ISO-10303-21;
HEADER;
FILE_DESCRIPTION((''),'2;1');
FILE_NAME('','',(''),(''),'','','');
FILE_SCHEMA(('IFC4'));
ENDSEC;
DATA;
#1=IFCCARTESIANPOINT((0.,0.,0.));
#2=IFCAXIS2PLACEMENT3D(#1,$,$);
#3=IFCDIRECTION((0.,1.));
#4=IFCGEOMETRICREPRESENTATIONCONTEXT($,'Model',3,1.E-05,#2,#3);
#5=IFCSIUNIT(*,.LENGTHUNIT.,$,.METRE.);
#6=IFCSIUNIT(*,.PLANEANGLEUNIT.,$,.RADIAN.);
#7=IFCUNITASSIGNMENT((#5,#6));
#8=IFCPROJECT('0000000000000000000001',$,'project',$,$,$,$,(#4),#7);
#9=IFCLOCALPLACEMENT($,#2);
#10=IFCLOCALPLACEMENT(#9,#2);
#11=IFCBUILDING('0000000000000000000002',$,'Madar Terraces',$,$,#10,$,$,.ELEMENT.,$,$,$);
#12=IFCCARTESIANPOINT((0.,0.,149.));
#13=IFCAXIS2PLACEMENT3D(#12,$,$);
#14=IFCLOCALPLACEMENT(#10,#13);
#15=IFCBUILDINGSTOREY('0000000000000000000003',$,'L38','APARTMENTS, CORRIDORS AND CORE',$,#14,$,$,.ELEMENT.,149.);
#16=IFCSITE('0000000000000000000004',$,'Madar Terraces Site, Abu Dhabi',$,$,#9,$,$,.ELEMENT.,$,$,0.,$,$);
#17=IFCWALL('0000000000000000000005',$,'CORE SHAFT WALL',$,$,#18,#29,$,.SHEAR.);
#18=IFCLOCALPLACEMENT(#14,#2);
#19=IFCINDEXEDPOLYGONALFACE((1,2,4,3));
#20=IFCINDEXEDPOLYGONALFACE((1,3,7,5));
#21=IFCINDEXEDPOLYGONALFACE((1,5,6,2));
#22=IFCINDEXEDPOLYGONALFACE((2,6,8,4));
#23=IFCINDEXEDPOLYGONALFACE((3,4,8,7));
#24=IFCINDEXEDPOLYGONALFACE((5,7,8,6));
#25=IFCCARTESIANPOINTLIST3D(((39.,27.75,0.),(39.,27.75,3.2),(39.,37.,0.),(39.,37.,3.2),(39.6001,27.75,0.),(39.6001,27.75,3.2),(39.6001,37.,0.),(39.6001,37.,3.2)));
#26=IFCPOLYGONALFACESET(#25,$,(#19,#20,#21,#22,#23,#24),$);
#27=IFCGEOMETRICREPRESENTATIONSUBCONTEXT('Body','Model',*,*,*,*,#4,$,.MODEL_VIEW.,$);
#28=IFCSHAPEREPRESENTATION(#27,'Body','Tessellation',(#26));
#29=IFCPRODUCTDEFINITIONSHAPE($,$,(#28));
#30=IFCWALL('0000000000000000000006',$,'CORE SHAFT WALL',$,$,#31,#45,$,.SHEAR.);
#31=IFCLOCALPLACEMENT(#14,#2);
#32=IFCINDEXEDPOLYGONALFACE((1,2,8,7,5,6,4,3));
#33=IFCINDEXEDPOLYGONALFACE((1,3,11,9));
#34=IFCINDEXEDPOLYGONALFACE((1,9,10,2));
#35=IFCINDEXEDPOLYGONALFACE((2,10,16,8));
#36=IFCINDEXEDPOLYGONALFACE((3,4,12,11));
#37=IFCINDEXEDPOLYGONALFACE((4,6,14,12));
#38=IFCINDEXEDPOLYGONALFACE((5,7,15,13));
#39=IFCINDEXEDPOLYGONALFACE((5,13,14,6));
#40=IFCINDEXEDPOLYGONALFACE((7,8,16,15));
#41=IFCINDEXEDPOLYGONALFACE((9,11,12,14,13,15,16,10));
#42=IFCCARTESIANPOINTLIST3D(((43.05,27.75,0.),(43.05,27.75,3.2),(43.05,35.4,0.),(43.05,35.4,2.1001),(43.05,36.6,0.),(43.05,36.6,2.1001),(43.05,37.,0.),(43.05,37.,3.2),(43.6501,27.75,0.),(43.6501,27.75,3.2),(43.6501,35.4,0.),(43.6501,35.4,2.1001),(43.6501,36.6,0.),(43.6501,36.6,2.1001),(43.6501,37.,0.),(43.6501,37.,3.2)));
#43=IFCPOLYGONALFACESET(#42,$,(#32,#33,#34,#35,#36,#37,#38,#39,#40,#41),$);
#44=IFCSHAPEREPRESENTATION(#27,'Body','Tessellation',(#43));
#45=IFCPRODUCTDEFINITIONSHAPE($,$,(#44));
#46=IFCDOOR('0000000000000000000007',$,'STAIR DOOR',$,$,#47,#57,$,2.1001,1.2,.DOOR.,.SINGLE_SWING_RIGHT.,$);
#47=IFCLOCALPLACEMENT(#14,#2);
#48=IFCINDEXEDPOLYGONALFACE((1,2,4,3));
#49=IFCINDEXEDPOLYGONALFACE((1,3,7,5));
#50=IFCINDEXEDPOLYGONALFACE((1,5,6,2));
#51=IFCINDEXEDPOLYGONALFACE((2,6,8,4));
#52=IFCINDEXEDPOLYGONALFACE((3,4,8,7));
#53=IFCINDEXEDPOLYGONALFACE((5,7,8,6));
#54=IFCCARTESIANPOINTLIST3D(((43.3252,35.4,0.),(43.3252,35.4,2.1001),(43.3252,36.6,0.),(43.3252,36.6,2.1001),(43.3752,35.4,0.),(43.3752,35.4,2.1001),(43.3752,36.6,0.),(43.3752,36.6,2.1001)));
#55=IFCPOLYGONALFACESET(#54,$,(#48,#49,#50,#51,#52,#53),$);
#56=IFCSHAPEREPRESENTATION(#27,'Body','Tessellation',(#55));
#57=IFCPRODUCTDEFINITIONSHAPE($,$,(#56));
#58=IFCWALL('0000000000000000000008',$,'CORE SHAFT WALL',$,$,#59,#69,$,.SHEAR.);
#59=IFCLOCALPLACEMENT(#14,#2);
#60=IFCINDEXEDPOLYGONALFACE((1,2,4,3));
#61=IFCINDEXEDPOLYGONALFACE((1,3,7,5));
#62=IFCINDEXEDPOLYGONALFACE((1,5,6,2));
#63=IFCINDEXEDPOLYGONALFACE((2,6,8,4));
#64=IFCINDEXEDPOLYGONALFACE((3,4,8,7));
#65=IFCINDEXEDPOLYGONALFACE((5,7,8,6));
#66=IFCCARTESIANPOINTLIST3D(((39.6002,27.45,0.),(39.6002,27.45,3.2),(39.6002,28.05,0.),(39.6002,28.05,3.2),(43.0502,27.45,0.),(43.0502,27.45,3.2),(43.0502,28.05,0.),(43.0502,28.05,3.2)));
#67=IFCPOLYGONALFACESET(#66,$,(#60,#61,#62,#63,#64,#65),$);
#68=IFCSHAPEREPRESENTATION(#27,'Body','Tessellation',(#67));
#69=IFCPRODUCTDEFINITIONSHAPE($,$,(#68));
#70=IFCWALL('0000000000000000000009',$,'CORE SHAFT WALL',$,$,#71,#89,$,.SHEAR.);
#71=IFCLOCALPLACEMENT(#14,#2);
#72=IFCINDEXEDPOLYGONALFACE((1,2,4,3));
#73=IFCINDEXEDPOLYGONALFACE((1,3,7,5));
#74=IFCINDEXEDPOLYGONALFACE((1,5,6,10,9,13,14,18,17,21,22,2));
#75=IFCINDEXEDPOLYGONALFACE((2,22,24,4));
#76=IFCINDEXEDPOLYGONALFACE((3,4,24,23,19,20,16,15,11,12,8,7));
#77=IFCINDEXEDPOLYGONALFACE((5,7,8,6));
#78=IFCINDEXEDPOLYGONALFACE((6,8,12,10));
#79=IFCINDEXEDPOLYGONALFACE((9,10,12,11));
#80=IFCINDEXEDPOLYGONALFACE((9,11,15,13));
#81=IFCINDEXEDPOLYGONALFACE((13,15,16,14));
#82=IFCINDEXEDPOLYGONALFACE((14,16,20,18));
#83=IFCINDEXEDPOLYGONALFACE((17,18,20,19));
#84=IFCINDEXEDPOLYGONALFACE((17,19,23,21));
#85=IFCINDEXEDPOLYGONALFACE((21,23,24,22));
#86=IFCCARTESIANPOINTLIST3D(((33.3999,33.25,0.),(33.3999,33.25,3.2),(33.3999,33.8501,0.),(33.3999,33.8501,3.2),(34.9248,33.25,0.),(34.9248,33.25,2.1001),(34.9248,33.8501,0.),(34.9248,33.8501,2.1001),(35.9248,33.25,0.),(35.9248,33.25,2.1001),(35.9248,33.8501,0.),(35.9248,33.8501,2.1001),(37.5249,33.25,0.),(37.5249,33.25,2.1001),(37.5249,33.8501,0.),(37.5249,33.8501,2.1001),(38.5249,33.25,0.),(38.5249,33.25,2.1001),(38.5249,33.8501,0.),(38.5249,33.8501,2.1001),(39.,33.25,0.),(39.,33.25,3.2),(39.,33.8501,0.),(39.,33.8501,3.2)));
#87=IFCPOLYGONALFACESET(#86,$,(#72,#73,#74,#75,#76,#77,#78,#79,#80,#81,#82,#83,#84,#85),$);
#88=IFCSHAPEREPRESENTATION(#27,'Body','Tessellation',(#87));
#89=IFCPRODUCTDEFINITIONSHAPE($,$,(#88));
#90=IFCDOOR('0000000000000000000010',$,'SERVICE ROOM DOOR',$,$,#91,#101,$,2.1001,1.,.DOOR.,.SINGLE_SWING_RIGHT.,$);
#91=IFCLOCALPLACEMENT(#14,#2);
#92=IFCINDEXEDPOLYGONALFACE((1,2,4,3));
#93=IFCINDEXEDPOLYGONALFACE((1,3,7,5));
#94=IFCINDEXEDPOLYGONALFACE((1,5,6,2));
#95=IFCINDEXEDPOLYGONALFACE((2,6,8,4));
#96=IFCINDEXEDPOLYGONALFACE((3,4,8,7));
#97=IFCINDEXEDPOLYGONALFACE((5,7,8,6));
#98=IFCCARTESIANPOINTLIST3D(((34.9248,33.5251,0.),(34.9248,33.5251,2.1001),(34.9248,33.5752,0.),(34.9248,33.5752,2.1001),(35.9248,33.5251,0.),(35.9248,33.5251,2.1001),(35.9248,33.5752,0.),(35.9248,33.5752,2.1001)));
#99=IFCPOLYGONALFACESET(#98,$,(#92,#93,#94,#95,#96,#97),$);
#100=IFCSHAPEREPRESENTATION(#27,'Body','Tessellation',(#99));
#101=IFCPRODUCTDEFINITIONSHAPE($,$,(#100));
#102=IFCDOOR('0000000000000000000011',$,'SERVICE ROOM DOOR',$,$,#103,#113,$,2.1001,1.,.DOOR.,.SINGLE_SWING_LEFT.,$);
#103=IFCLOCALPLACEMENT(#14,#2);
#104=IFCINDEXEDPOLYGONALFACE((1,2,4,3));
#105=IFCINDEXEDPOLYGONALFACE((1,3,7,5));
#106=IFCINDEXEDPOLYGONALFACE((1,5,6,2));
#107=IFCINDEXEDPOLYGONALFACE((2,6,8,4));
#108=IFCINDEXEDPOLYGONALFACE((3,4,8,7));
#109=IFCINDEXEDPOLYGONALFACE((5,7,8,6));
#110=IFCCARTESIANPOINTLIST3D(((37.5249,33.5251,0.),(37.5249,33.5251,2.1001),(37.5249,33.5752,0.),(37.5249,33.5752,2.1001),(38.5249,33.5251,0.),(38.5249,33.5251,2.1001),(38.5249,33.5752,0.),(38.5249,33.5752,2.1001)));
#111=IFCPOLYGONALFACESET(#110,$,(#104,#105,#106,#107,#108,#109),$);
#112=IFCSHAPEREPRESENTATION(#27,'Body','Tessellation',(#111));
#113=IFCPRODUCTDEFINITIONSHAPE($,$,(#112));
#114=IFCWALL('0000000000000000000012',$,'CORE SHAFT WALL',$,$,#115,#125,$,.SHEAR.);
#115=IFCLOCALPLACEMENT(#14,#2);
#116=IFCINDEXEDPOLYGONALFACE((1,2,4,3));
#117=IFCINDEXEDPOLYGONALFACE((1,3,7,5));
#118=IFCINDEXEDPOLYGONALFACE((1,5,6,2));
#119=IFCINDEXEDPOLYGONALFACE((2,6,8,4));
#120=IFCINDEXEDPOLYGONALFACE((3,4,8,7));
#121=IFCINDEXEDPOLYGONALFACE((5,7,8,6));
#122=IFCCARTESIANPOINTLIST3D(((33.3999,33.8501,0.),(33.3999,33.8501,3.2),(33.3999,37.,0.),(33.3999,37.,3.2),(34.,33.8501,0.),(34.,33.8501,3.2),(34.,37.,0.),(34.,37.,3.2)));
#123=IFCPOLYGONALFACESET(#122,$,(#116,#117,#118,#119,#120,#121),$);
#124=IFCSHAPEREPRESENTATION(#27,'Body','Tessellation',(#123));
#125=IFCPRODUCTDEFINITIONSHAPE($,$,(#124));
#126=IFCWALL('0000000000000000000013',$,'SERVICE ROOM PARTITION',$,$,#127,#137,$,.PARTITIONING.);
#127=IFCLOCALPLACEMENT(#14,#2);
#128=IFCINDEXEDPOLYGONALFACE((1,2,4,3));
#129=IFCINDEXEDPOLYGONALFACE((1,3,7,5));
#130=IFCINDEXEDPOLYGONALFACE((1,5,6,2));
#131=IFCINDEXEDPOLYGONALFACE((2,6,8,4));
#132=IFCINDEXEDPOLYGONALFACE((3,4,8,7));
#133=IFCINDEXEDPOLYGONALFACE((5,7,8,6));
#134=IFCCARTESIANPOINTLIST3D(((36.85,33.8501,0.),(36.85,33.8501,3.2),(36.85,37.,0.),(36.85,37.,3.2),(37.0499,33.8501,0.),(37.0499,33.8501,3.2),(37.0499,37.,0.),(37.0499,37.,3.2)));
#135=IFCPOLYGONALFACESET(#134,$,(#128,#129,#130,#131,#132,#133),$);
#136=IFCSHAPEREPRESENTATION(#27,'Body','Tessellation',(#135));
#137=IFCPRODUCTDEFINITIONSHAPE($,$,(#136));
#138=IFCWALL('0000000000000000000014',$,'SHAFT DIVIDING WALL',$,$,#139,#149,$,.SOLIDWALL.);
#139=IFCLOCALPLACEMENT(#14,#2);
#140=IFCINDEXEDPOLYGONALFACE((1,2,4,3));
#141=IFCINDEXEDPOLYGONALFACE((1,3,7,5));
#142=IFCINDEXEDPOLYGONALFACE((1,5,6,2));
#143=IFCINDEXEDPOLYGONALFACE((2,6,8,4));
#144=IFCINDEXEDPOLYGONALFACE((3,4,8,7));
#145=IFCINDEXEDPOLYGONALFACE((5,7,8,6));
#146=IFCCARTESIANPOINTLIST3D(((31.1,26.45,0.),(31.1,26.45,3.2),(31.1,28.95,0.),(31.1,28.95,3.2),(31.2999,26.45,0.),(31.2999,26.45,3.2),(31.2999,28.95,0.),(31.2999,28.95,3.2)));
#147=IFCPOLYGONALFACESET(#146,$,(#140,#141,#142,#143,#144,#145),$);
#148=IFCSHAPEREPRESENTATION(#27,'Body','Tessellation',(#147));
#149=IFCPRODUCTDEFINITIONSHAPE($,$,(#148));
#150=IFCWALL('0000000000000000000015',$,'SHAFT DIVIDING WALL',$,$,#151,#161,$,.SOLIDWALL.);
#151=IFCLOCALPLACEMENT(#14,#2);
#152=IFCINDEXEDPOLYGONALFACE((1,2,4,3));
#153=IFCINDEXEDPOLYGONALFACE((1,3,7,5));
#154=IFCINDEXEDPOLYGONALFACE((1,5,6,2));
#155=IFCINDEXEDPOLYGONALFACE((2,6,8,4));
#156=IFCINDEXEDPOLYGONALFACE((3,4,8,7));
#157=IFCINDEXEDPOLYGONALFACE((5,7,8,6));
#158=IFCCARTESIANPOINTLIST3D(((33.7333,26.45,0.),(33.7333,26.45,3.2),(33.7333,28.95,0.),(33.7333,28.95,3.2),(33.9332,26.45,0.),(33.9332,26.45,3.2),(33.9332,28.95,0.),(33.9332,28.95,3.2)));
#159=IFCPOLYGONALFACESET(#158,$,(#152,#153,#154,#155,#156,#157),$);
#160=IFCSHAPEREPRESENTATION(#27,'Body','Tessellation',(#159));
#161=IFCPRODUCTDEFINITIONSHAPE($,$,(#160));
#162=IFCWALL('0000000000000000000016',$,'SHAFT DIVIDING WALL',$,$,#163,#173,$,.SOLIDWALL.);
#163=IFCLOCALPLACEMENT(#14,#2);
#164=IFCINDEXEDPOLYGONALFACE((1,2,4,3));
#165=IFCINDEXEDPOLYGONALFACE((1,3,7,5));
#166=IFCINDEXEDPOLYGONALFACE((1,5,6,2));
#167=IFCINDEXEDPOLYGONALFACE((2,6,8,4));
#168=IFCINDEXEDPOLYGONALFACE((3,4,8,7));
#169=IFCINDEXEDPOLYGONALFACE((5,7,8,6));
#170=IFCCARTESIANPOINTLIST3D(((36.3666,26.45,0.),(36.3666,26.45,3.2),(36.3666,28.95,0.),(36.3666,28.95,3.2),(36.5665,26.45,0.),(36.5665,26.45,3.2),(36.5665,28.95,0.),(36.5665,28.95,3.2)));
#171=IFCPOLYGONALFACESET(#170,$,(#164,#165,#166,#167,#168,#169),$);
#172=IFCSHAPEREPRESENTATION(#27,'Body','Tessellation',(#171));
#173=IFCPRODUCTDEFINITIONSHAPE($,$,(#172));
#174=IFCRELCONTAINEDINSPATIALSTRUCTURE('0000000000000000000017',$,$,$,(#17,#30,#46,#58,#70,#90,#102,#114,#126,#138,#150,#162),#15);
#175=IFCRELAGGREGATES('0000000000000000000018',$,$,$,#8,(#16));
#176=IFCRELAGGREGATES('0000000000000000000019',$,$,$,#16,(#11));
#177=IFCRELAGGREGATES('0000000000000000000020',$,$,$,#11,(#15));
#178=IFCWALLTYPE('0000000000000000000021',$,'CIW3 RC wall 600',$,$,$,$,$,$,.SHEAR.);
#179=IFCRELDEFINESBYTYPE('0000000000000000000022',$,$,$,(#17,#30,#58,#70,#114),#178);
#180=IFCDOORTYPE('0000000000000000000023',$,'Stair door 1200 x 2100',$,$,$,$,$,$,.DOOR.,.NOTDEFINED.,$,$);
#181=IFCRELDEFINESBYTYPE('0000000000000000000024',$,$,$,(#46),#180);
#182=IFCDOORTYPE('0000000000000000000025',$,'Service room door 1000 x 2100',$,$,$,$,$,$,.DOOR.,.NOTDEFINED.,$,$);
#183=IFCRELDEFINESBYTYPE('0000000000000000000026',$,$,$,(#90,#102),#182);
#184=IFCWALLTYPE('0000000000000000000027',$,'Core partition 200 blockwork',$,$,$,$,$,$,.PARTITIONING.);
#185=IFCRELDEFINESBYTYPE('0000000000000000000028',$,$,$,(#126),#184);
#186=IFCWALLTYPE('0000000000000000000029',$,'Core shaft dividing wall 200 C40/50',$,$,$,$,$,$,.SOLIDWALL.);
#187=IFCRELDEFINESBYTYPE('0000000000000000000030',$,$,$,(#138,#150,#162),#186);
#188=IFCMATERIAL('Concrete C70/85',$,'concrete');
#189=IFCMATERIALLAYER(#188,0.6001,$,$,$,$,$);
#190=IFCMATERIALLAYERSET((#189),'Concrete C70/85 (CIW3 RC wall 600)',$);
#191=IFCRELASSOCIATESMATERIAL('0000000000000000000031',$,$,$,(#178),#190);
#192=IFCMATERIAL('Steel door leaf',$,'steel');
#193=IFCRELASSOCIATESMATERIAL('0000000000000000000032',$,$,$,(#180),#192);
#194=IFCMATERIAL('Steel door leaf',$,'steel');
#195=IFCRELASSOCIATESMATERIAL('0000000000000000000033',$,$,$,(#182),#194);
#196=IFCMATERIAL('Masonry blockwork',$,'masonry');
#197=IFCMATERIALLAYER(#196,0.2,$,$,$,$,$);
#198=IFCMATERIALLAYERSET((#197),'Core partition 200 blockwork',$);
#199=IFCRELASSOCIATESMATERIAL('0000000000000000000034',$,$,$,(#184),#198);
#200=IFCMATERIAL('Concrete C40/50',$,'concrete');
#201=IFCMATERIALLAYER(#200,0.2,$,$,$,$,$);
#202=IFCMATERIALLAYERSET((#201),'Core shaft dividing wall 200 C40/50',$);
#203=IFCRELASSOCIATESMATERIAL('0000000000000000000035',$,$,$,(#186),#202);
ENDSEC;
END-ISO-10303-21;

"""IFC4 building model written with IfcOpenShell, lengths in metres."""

from ifc_helpers import new_model, si_unit, direction, frame, frame_2d, origin, place, context, subcontext, project, spatial, rectangle, extrude, material, layer, layer_set, type_object, element, fill, save


model = new_model("IFC4")

# Units and contexts
model_context = context("Model", 3, precision=1e-05, world=origin(), true_north=direction((0.0, 1.0)))
body_context = subcontext(model_context, "Body", "Model", "MODEL_VIEW")
ifc_project = project(units=[si_unit("LENGTHUNIT", "METRE"), si_unit("PLANEANGLEUNIT", "RADIAN")], contexts=[model_context])

# Site, building, storey
site_placement = place(None, origin())
site = spatial("IfcSite", under=ifc_project, at=site_placement, Name="Madar Terraces Site, Abu Dhabi", CompositionType="ELEMENT", RefElevation=0.0)
building_placement = place(site_placement, origin())
building = spatial("IfcBuilding", under=site, at=building_placement, Name="Madar Terraces", CompositionType="ELEMENT")
storey_placement = place(building_placement, frame((0.0, 0.0, 149.0)))
storey = spatial("IfcBuildingStorey", under=building, at=storey_placement, Name="L38", Description="APARTMENTS, CORRIDORS AND CORE", CompositionType="ELEMENT", Elevation=149.0)

# Wall
ifc_material_1 = material(Name="Concrete C70/85", Category="concrete")
ifc_layer_1 = layer(ifc_material_1, 0.6001)
ifc_layer_set_1 = layer_set([ifc_layer_1], Name="Concrete C70/85 (CIW3 RC wall 600)")
wall_type_1 = type_object("IfcWallType", Name="CIW3 RC wall 600", PredefinedType="SHEAR", material=ifc_layer_set_1)
wall_1_placement = place(storey_placement, frame((39.3, 27.75, 0.0), z_axis=(0.0, 0.0, 1.0), x_axis=(0.0, 1.0, 0.0)))
element("IfcWall", 1, at=wall_1_placement, inside=storey, type_object=wall_type_1, Name="CORE SHAFT WALL", PredefinedType="SHEAR", context=body_context, shape_type="SweptSolid", body=[
    extrude(rectangle(XDim=9.25, YDim=0.6001, at=frame_2d((4.625, 0.0))), origin(), (0.0, 0.0, 1.0), 3.2),
])

# Wall, opening, door
wall_2_placement = place(storey_placement, frame((43.3501, 27.75, 0.0), z_axis=(0.0, 0.0, 1.0), x_axis=(0.0, 1.0, 0.0)))
wall_2 = element("IfcWall", 2, at=wall_2_placement, inside=storey, type_object=wall_type_1, Name="CORE SHAFT WALL", PredefinedType="SHEAR", context=body_context, shape_type="SweptSolid", body=[
    extrude(rectangle(XDim=9.25, YDim=0.6001, at=frame_2d((4.625, 0.0))), origin(), (0.0, 0.0, 1.0), 3.2),
])
opening_1_placement = place(wall_2_placement, frame((7.6499, 0.0, 0.0)))
opening_1 = element("IfcOpeningElement", 3, at=opening_1_placement, cuts=wall_2, PredefinedType="OPENING", context=body_context, shape_type="SweptSolid", body=[
    extrude(rectangle(XDim=1.2, YDim=2.1001, at=frame_2d((0.6001, 1.05))), frame((0.0, 0.3101, 0.0), z_axis=(0.0, -1.0, 0.0), x_axis=(1.0, 0.0, 0.0)), (0.0, 0.0, 1.0), 0.6201),
])
ifc_material_2 = material(Name="Steel door leaf", Category="steel")
door_type_1 = type_object("IfcDoorType", Name="Stair door 1200 x 2100", OperationType="NOTDEFINED", PredefinedType="DOOR", material=ifc_material_2)
door_1_placement = place(opening_1_placement, origin())
door_1 = element("IfcDoor", 4, at=door_1_placement, inside=storey, type_object=door_type_1, Name="STAIR DOOR", OperationType="SINGLE_SWING_RIGHT", OverallHeight=2.1001, OverallWidth=1.2, PredefinedType="DOOR", context=body_context, shape_type="SweptSolid", body=[
    extrude(rectangle(XDim=1.2, YDim=2.1001, at=frame_2d((0.6001, 1.05))), frame((0.0, 0.0249, 0.0), z_axis=(0.0, -1.0, 0.0), x_axis=(1.0, 0.0, 0.0)), (0.0, 0.0, 1.0), 0.05),
])
fill(opening_1, door_1)

# Wall
wall_3_placement = place(storey_placement, frame((39.6001, 27.75, 0.0), z_axis=(0.0, 0.0, 1.0), x_axis=(1.0, 0.0, 0.0)))
element("IfcWall", 5, at=wall_3_placement, inside=storey, type_object=wall_type_1, Name="CORE SHAFT WALL", PredefinedType="SHEAR", context=body_context, shape_type="SweptSolid", body=[
    extrude(rectangle(XDim=3.45, YDim=0.6001, at=frame_2d((1.7251, 0.0))), origin(), (0.0, 0.0, 1.0), 3.2),
])

# Wall, openings, doors
wall_4_placement = place(storey_placement, frame((33.3999, 33.55, 0.0), z_axis=(0.0, 0.0, 1.0), x_axis=(1.0, 0.0, 0.0)))
wall_4 = element("IfcWall", 6, at=wall_4_placement, inside=storey, type_object=wall_type_1, Name="CORE SHAFT WALL", PredefinedType="SHEAR", context=body_context, shape_type="SweptSolid", body=[
    extrude(rectangle(XDim=5.6001, YDim=0.6001, at=frame_2d((2.8, 0.0))), origin(), (0.0, 0.0, 1.0), 3.2),
])
opening_2_placement = place(wall_4_placement, frame((1.5249, 0.0, 0.0)))
opening_2 = element("IfcOpeningElement", 7, at=opening_2_placement, cuts=wall_4, PredefinedType="OPENING", context=body_context, shape_type="SweptSolid", body=[
    extrude(rectangle(XDim=1.0, YDim=2.1001, at=frame_2d((0.5, 1.05))), frame((0.0, 0.3101, 0.0), z_axis=(0.0, -1.0, 0.0), x_axis=(1.0, 0.0, 0.0)), (0.0, 0.0, 1.0), 0.6201),
])
opening_3_placement = place(wall_4_placement, frame((4.125, 0.0, 0.0)))
opening_3 = element("IfcOpeningElement", 8, at=opening_3_placement, cuts=wall_4, PredefinedType="OPENING", context=body_context, shape_type="SweptSolid", body=[
    extrude(rectangle(XDim=1.0, YDim=2.1001, at=frame_2d((0.5, 1.05))), frame((0.0, 0.3101, 0.0), z_axis=(0.0, -1.0, 0.0), x_axis=(1.0, 0.0, 0.0)), (0.0, 0.0, 1.0), 0.6201),
])
ifc_material_3 = material(Name="Steel door leaf", Category="steel")
door_type_2 = type_object("IfcDoorType", Name="Service room door 1000 x 2100", OperationType="NOTDEFINED", PredefinedType="DOOR", material=ifc_material_3)
door_2_placement = place(opening_2_placement, frame((1.0, 0.0, 0.0), z_axis=(0.0, 0.0, 1.0), x_axis=(-1.0, 0.0, 0.0)))
door_2 = element("IfcDoor", 9, at=door_2_placement, inside=storey, type_object=door_type_2, Name="SERVICE ROOM DOOR", OperationType="SINGLE_SWING_RIGHT", OverallHeight=2.1001, OverallWidth=1.0, PredefinedType="DOOR", context=body_context, shape_type="SweptSolid", body=[
    extrude(rectangle(XDim=1.0, YDim=2.1001, at=frame_2d((0.5, 1.05))), frame((0.0, 0.0249, 0.0), z_axis=(0.0, -1.0, 0.0), x_axis=(1.0, 0.0, 0.0)), (0.0, 0.0, 1.0), 0.05),
])
fill(opening_2, door_2)
door_3_placement = place(opening_3_placement, frame((1.0, 0.0, 0.0), z_axis=(0.0, 0.0, 1.0), x_axis=(-1.0, 0.0, 0.0)))
door_3 = element("IfcDoor", 10, at=door_3_placement, inside=storey, type_object=door_type_2, Name="SERVICE ROOM DOOR", OperationType="SINGLE_SWING_LEFT", OverallHeight=2.1001, OverallWidth=1.0, PredefinedType="DOOR", context=body_context, shape_type="SweptSolid", body=[
    extrude(rectangle(XDim=1.0, YDim=2.1001, at=frame_2d((0.5, 1.05))), frame((0.0, 0.0249, 0.0), z_axis=(0.0, -1.0, 0.0), x_axis=(1.0, 0.0, 0.0)), (0.0, 0.0, 1.0), 0.05),
])
fill(opening_3, door_3)

# Walls
wall_5_placement = place(storey_placement, frame((33.7, 33.8501, 0.0), z_axis=(0.0, 0.0, 1.0), x_axis=(0.0, 1.0, 0.0)))
element("IfcWall", 11, at=wall_5_placement, inside=storey, type_object=wall_type_1, Name="CORE SHAFT WALL", PredefinedType="SHEAR", context=body_context, shape_type="SweptSolid", body=[
    extrude(rectangle(XDim=3.1499, YDim=0.6001, at=frame_2d((1.575, 0.0))), origin(), (0.0, 0.0, 1.0), 3.2),
])
ifc_material_4 = material(Name="Masonry blockwork", Category="masonry")
ifc_layer_2 = layer(ifc_material_4, 0.2)
ifc_layer_set_2 = layer_set([ifc_layer_2], Name="Core partition 200 blockwork")
wall_type_2 = type_object("IfcWallType", Name="Core partition 200 blockwork", PredefinedType="PARTITIONING", material=ifc_layer_set_2)
wall_6_placement = place(storey_placement, frame((36.95, 33.8501, 0.0), z_axis=(0.0, 0.0, 1.0), x_axis=(0.0, 1.0, 0.0)))
element("IfcWall", 12, at=wall_6_placement, inside=storey, type_object=wall_type_2, Name="SERVICE ROOM PARTITION", PredefinedType="PARTITIONING", context=body_context, shape_type="SweptSolid", body=[
    extrude(rectangle(XDim=3.1499, YDim=0.2, at=frame_2d((1.575, 0.0))), origin(), (0.0, 0.0, 1.0), 3.2),
])
ifc_material_5 = material(Name="Concrete C40/50", Category="concrete")
ifc_layer_3 = layer(ifc_material_5, 0.2)
ifc_layer_set_3 = layer_set([ifc_layer_3], Name="Core shaft dividing wall 200 C40/50")
wall_type_3 = type_object("IfcWallType", Name="Core shaft dividing wall 200 C40/50", PredefinedType="SOLIDWALL", material=ifc_layer_set_3)
for number, where, z_axis, x_axis, name in (
    (13, (31.2, 26.45, 0.0), (0.0, 0.0, 1.0), (0.0, 1.0, 0.0), "SHAFT DIVIDING WALL"),
    (14, (33.8333, 26.45, 0.0), (0.0, 0.0, 1.0), (0.0, 1.0, 0.0), "SHAFT DIVIDING WALL"),
    (15, (36.4666, 26.45, 0.0), (0.0, 0.0, 1.0), (0.0, 1.0, 0.0), "SHAFT DIVIDING WALL"),
):
    element("IfcWall", number, at=place(storey_placement, frame(where, z_axis=z_axis, x_axis=x_axis)), inside=storey, type_object=wall_type_3, Name=name, PredefinedType="SOLIDWALL", context=body_context, shape_type="SweptSolid", body=[
        extrude(rectangle(XDim=2.5, YDim=0.2, at=frame_2d((1.25, 0.0))), origin(), (0.0, 0.0, 1.0), 3.2),
    ])

save(model, "model.ifc")
